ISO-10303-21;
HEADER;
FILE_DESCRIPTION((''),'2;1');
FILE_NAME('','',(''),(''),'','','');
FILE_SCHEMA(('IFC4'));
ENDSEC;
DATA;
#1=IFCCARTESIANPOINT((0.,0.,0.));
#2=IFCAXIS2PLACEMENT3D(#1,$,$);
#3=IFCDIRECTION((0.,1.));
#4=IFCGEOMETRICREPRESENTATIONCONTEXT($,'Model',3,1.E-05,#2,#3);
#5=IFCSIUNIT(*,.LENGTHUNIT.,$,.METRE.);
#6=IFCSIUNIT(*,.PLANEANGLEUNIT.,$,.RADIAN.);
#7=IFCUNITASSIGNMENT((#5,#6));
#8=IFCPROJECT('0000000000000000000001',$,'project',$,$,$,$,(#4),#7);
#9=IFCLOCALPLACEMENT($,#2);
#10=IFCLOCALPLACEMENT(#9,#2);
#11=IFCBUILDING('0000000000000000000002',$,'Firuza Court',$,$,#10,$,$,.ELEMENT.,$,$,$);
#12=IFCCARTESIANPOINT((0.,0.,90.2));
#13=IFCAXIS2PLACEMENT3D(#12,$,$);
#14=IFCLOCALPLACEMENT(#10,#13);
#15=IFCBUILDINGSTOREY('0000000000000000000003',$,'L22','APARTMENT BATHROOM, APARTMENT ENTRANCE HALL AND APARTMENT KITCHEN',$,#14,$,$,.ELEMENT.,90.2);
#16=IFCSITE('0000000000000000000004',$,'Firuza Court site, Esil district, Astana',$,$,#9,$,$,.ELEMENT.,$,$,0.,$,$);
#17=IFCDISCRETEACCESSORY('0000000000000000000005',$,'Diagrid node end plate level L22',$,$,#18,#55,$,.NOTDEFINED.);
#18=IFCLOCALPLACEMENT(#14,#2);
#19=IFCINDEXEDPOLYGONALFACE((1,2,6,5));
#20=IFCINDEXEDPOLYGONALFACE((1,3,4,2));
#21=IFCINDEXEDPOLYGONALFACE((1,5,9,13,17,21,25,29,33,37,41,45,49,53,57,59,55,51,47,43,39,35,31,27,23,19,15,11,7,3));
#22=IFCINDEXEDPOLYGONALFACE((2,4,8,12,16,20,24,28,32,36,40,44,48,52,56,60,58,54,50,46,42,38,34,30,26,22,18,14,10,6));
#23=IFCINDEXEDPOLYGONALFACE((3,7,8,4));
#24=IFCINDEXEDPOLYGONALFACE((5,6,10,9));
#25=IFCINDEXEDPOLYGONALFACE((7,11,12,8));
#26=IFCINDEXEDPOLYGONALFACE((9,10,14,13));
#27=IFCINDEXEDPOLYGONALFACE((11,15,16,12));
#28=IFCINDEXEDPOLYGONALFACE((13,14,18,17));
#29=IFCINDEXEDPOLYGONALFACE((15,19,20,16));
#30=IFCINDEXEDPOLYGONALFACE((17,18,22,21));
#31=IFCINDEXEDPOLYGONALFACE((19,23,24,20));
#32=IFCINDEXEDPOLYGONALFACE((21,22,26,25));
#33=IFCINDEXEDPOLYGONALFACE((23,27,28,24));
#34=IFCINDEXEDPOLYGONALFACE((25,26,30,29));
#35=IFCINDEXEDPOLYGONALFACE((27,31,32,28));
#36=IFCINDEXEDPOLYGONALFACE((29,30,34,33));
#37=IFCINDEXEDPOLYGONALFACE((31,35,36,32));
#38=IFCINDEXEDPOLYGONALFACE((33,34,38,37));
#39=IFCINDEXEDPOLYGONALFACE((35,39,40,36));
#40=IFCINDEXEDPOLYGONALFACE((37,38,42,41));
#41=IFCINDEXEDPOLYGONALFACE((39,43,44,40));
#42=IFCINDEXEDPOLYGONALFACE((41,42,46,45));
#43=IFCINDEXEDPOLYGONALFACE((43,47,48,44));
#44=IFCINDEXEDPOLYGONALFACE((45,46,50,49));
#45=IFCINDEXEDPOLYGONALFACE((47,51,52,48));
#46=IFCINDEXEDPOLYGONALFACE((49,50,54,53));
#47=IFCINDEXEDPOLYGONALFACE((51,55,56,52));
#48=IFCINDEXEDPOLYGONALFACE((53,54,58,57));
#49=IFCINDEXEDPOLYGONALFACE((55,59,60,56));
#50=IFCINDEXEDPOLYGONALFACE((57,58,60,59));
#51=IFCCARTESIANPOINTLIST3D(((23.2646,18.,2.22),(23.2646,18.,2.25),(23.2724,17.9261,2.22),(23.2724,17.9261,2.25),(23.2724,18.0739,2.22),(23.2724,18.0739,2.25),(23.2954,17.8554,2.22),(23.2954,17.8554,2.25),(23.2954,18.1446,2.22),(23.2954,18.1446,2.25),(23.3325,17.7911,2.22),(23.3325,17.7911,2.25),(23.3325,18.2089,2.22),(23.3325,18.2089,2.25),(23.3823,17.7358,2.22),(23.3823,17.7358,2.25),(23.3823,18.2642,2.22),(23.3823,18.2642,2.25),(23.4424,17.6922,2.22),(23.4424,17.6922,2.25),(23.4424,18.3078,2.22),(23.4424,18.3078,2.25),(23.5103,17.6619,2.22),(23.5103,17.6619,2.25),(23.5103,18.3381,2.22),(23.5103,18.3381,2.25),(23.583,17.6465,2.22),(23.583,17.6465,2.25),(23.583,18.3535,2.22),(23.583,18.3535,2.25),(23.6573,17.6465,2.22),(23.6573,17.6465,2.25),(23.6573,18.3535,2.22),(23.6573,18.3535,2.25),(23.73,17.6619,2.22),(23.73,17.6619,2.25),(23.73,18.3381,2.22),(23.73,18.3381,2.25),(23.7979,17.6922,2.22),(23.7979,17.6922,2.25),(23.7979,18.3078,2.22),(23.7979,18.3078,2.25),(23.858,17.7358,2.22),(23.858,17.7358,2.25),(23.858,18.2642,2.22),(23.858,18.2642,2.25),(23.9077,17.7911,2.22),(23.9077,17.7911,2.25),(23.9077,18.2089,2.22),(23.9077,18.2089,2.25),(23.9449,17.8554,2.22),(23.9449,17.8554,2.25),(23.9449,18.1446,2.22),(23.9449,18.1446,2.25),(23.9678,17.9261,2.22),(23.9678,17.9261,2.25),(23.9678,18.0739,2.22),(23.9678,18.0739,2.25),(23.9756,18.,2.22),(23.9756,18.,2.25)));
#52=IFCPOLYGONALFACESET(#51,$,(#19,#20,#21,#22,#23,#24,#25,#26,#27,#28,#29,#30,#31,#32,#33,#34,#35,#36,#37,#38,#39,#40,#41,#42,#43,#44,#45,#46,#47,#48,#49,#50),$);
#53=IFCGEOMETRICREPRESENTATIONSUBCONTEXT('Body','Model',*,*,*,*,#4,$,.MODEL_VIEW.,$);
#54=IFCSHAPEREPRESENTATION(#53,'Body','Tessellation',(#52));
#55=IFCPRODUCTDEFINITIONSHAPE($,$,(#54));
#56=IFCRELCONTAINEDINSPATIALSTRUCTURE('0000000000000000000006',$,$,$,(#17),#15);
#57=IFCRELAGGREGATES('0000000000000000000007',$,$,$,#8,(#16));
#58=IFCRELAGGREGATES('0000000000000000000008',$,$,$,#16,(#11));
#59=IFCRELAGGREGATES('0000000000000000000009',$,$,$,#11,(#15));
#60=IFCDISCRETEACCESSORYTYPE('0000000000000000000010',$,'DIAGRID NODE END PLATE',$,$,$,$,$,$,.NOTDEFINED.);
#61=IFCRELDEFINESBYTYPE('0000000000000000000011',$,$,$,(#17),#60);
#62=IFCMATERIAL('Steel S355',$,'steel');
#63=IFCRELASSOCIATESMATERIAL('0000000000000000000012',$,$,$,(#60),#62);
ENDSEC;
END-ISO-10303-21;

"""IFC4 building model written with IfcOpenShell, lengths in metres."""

from ifc_helpers import new_model, si_unit, direction, frame, origin, origin_2d, place, context, subcontext, project, spatial, circle, extrude, material, material_profile, profile_set, type_object, element, save


model = new_model("IFC4")

# Units and contexts
model_context = context("Model", 3, precision=1e-05, world=origin(), true_north=direction((0.0, 1.0)))
body_context = subcontext(model_context, "Body", "Model", "MODEL_VIEW")
ifc_project = project(units=[si_unit("LENGTHUNIT", "METRE"), si_unit("PLANEANGLEUNIT", "RADIAN")], contexts=[model_context])

# Site, building, storey
site_placement = place(None, origin())
site = spatial("IfcSite", under=ifc_project, at=site_placement, Name="Firuza Court site, Esil district, Astana", CompositionType="ELEMENT", RefElevation=0.0)
building_placement = place(site_placement, origin())
building = spatial("IfcBuilding", under=site, at=building_placement, Name="Firuza Court", CompositionType="ELEMENT")
storey_placement = place(building_placement, frame((0.0, 0.0, 90.2)))
storey = spatial("IfcBuildingStorey", under=building, at=storey_placement, Name="L22", Description="APARTMENT BATHROOM, APARTMENT ENTRANCE HALL AND APARTMENT KITCHEN", CompositionType="ELEMENT", Elevation=90.2)

# Discrete accessory
ifc_material_1 = material(Name="Steel S355", Category="steel")
ifc_material_profile_1 = material_profile(ifc_material_1, circle(Radius=0.3555, at=origin_2d()), Name="PL D711")
ifc_profile_set_1 = profile_set([ifc_material_profile_1], Name="Steel S355")
discrete_accessory_type = type_object("IfcDiscreteAccessoryType", Name="DIAGRID NODE END PLATE", PredefinedType="NOTDEFINED", material=ifc_profile_set_1)
for number, where, z_axis, x_axis, name in (
    (1, (23.6201, 18.0, 2.22), (0.0, 0.0, 1.0), (1.0, 0.0, 0.0), "Diagrid node end plate level L22"),
):
    element("IfcDiscreteAccessory", number, at=place(storey_placement, frame(where, z_axis=z_axis, x_axis=x_axis)), inside=storey, type_object=discrete_accessory_type, Name=name, PredefinedType="NOTDEFINED", context=body_context, shape_type="SweptSolid", body=[
        extrude(circle(Radius=0.3555, at=origin_2d()), origin(), (0.0, 0.0, 1.0), 0.03),
    ])

save(model, "model.ifc")
